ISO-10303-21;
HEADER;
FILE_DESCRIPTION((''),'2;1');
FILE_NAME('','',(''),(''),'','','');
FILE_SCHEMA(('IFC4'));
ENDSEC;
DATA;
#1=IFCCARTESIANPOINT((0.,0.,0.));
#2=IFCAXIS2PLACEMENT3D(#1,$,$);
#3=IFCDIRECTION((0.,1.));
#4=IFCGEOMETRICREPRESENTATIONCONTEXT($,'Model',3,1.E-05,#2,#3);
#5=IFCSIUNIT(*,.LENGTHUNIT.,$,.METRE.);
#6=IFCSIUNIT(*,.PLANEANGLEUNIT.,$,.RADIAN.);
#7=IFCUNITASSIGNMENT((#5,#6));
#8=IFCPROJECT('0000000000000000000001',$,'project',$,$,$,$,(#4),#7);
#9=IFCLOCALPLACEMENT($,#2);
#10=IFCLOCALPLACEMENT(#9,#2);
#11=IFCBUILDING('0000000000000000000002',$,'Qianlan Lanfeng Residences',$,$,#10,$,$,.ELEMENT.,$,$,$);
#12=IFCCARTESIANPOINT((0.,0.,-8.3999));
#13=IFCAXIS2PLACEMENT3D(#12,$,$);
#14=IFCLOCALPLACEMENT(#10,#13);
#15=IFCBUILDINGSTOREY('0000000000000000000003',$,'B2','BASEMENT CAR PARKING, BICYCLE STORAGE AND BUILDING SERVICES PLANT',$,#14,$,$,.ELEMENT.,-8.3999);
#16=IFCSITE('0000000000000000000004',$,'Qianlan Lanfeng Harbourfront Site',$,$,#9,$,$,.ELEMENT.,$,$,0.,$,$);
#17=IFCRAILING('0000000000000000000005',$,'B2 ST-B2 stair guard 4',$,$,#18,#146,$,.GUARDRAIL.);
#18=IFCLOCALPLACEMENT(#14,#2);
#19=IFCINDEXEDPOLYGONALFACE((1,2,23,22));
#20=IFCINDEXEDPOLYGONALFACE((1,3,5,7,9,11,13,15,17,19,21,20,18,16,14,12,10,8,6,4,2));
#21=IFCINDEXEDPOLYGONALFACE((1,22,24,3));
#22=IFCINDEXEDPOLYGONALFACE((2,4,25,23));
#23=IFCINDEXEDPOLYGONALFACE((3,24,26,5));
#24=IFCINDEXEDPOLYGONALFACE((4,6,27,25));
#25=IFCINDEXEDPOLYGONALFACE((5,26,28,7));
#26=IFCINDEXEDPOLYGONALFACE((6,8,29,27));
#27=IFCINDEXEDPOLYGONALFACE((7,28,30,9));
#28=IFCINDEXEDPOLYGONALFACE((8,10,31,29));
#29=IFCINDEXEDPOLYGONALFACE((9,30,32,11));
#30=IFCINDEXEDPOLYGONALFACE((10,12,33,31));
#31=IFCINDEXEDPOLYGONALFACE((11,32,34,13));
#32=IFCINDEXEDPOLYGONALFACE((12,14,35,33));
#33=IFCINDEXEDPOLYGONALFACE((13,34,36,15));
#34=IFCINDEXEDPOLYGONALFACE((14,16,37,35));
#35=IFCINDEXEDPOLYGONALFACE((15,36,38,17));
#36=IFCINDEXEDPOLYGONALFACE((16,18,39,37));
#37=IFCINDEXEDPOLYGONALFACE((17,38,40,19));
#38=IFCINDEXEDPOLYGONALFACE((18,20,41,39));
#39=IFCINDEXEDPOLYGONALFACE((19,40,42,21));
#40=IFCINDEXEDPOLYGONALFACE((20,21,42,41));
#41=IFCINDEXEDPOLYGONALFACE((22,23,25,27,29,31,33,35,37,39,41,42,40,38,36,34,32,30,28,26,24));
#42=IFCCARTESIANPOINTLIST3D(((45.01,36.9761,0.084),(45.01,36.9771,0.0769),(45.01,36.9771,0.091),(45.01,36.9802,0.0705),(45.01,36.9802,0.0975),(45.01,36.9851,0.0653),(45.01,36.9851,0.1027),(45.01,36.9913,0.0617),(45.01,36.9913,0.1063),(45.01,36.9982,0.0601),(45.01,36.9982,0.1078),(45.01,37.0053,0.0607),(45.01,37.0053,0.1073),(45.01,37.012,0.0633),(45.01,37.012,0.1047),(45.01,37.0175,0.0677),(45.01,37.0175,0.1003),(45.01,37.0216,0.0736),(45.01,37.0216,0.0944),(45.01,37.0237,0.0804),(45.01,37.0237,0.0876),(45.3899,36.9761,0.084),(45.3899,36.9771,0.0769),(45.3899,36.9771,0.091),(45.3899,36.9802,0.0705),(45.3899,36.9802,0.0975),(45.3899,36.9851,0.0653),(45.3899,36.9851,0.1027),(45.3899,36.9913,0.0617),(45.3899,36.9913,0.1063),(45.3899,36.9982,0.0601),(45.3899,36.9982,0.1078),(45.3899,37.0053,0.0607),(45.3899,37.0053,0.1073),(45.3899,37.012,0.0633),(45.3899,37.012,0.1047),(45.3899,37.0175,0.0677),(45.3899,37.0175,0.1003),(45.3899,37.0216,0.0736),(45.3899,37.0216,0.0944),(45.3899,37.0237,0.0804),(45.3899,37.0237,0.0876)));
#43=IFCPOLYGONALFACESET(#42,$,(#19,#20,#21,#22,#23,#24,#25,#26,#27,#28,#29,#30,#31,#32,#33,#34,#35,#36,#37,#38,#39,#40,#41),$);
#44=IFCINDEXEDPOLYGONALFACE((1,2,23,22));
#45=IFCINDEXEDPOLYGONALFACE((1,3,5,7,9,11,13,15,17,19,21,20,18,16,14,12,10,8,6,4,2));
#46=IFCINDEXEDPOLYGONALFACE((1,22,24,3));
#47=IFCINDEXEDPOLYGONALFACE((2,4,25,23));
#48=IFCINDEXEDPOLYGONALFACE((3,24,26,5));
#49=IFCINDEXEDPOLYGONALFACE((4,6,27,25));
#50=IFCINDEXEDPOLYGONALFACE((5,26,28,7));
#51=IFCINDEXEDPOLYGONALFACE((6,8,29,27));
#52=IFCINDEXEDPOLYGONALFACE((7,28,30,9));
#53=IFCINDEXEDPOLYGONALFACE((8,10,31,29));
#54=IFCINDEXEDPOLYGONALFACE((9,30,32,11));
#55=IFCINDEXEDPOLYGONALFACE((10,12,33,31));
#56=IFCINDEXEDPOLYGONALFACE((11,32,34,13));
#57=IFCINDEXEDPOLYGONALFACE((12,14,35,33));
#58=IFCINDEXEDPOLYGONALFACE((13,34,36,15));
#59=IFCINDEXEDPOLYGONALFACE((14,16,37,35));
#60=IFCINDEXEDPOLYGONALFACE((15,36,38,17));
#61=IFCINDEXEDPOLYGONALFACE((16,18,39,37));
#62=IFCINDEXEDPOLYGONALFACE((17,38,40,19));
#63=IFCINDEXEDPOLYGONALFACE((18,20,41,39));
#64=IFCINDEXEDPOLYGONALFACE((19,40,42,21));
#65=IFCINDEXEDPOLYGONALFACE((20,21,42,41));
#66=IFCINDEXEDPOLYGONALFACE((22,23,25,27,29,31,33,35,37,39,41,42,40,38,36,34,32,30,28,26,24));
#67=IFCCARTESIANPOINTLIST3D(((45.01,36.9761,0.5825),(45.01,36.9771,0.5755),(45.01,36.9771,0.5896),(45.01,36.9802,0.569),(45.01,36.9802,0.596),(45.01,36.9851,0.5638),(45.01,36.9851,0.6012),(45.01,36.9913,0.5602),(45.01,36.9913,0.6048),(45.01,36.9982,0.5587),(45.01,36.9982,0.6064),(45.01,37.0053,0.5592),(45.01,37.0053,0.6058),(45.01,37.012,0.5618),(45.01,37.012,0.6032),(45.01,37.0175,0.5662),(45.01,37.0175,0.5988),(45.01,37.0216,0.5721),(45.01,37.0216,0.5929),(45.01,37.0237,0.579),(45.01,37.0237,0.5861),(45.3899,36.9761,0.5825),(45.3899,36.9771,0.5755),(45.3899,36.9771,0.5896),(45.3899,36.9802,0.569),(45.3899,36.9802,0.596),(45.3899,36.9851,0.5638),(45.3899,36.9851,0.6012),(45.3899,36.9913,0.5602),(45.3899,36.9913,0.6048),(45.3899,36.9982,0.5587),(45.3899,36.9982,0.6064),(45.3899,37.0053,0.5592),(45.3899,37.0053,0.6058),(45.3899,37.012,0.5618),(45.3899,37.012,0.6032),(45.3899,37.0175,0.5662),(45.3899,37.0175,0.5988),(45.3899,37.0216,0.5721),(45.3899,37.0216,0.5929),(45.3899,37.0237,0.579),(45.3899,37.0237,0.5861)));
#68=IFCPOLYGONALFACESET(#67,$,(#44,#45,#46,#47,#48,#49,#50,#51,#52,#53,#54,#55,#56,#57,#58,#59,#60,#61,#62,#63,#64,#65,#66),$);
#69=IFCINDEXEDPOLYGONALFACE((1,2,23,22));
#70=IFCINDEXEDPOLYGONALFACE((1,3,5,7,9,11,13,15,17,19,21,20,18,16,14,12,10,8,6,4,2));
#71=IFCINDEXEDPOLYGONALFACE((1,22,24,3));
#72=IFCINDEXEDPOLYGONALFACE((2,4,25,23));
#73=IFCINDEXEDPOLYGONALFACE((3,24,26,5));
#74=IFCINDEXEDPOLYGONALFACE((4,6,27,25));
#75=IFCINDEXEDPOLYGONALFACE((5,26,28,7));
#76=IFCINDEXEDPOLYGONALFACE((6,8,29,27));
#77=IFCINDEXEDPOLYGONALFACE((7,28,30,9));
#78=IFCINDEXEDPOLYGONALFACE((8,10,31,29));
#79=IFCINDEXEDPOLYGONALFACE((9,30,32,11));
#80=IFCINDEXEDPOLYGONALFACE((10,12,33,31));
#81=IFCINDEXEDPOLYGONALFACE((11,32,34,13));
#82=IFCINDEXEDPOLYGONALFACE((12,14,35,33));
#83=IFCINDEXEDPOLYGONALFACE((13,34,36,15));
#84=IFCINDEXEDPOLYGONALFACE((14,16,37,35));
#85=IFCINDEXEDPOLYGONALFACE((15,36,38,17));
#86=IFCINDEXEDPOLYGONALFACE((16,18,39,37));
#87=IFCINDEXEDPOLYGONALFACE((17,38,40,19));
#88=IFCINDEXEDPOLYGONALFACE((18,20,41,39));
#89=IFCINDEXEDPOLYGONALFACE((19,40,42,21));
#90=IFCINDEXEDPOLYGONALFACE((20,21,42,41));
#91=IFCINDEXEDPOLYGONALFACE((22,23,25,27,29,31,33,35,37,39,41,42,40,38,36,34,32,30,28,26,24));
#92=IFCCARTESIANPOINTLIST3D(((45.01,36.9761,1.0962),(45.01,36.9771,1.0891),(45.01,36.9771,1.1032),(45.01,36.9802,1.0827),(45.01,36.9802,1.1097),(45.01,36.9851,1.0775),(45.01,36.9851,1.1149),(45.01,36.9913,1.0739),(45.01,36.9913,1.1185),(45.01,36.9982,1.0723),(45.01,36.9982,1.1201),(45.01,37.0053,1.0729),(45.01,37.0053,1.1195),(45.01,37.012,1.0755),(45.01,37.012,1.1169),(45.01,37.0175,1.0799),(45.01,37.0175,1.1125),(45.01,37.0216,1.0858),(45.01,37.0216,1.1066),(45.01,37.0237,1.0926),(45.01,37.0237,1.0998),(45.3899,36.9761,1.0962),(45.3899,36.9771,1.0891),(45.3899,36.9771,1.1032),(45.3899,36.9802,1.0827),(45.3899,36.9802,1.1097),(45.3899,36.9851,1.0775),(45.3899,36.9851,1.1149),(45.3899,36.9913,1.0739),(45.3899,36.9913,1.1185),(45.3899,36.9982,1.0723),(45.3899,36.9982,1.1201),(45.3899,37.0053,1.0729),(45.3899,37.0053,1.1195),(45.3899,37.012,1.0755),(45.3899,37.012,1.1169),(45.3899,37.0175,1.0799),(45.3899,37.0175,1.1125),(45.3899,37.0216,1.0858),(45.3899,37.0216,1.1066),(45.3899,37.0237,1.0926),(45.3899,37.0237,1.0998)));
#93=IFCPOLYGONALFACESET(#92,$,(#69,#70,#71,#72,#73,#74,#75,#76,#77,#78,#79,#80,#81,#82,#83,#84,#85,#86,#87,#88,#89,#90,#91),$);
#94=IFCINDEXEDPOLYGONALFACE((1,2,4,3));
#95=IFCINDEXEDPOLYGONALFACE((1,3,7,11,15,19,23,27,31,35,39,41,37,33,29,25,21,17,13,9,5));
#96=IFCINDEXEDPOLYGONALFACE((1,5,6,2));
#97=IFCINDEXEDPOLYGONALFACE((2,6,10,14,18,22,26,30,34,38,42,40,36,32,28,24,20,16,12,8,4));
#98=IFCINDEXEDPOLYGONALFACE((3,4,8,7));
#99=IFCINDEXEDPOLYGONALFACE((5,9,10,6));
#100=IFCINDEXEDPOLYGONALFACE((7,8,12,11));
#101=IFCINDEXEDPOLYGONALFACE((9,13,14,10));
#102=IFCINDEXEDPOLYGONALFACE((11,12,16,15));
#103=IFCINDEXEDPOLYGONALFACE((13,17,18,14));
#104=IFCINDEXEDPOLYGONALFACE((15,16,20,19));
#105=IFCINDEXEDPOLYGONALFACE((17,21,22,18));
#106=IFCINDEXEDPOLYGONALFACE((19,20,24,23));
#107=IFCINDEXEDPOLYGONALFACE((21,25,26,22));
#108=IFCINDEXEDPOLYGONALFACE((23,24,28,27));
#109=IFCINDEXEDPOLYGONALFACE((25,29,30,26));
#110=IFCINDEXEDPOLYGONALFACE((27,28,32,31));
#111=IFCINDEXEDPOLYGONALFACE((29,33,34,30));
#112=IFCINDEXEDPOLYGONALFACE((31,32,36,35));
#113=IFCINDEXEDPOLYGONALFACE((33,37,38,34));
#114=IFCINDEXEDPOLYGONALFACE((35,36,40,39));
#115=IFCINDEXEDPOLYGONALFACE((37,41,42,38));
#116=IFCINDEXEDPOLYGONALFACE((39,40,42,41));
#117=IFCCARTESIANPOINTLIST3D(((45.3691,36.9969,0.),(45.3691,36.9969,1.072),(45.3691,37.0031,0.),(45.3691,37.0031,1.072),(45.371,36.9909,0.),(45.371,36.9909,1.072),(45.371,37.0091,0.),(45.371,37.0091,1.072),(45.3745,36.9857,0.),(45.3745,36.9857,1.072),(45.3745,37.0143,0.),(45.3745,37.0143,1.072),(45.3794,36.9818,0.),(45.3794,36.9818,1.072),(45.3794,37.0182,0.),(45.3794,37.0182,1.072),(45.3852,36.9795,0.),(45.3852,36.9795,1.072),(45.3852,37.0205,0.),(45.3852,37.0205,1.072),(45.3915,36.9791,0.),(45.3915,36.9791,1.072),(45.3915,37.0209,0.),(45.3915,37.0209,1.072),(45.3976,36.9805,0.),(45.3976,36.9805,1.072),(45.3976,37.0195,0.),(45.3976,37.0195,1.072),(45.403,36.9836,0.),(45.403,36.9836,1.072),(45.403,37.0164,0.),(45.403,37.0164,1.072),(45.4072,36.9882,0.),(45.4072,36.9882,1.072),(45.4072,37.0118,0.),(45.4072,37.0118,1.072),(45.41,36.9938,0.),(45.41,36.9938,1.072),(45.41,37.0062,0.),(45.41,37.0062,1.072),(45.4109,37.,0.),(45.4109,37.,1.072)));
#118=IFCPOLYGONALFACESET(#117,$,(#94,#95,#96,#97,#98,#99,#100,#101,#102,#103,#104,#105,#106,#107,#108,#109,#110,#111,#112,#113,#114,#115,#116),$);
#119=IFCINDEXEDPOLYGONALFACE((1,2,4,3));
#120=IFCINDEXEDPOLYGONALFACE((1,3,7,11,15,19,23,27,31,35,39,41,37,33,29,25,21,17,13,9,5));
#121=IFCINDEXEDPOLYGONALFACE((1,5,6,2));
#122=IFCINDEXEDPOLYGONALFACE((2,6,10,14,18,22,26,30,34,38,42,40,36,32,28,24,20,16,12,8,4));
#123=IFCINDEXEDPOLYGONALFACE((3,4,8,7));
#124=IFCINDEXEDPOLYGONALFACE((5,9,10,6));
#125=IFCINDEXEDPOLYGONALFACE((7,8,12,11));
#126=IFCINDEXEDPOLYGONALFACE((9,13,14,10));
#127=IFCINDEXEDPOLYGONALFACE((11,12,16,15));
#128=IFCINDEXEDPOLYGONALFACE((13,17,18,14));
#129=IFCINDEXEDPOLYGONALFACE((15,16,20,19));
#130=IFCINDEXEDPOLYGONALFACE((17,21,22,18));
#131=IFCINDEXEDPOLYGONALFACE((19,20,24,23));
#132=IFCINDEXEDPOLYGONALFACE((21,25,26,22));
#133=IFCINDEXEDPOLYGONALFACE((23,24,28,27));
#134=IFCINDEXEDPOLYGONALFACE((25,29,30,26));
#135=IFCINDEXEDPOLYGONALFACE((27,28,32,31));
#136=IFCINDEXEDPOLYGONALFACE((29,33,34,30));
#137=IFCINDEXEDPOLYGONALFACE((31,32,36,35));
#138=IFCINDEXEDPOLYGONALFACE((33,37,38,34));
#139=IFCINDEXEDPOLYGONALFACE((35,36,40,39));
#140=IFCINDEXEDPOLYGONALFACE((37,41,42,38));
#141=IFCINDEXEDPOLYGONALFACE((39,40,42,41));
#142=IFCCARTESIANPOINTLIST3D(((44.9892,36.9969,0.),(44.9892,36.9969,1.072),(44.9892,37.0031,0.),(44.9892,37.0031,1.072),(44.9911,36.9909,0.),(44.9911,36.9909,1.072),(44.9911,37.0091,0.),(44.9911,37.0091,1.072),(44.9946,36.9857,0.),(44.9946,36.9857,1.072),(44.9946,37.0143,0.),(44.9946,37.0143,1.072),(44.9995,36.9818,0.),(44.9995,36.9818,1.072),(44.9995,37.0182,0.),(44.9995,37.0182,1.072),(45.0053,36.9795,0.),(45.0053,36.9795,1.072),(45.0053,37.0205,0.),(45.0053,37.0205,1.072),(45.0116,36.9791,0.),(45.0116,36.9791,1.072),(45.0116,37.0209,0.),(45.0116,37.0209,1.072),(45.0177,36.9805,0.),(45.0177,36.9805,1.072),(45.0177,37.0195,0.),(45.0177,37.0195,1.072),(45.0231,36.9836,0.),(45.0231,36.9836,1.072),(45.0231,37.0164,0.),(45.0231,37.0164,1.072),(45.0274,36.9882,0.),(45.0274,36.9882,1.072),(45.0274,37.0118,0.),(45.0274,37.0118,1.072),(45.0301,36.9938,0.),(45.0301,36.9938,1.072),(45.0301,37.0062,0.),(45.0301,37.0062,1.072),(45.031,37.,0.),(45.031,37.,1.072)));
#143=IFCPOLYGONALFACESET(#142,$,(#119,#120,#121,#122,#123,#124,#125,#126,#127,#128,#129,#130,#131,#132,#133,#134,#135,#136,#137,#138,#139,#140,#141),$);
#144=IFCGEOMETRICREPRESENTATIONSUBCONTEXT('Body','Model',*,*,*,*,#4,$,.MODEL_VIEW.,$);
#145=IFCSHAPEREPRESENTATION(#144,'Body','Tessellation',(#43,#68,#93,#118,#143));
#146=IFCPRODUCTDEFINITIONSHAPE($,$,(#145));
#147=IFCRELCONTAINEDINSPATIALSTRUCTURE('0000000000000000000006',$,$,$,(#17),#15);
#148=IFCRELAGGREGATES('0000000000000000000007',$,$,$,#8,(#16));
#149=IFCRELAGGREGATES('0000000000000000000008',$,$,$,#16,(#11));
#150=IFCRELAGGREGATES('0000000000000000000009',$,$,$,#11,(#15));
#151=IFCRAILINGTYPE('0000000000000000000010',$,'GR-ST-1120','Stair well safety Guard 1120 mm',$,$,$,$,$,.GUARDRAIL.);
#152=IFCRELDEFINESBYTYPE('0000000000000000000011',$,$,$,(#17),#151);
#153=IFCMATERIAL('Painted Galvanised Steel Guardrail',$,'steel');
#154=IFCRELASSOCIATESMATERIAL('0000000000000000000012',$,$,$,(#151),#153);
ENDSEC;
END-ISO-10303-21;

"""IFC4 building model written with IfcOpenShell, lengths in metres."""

from ifc_helpers import new_model, si_unit, direction, frame, origin, origin_2d, place, context, subcontext, project, spatial, circle, extrude, material, type_object, element, save


model = new_model("IFC4")

# Units and contexts
model_context = context("Model", 3, precision=1e-05, world=origin(), true_north=direction((0.0, 1.0)))
body_context = subcontext(model_context, "Body", "Model", "MODEL_VIEW")
ifc_project = project(units=[si_unit("LENGTHUNIT", "METRE"), si_unit("PLANEANGLEUNIT", "RADIAN")], contexts=[model_context])

# Site, building, storey
site_placement = place(None, origin())
site = spatial("IfcSite", under=ifc_project, at=site_placement, Name="Qianlan Lanfeng Harbourfront Site", CompositionType="ELEMENT", RefElevation=0.0)
building_placement = place(site_placement, origin())
building = spatial("IfcBuilding", under=site, at=building_placement, Name="Qianlan Lanfeng Residences", CompositionType="ELEMENT")
storey_placement = place(building_placement, frame((0.0, 0.0, -8.3999)))
storey = spatial("IfcBuildingStorey", under=building, at=storey_placement, Name="B2", Description="BASEMENT CAR PARKING, BICYCLE STORAGE AND BUILDING SERVICES PLANT", CompositionType="ELEMENT", Elevation=-8.3999)

# Railing
ifc_material_1 = material(Name="Painted Galvanised Steel Guardrail", Category="steel")
railing_type_1 = type_object("IfcRailingType", Name="GR-ST-1120", Description="Stair well safety Guard 1120 mm", PredefinedType="GUARDRAIL", material=ifc_material_1)
railing_1_placement = place(storey_placement, frame((45.3899, 37.0, 0.0)))
element("IfcRailing", 1, at=railing_1_placement, inside=storey, type_object=railing_type_1, Name="B2 ST-B2 stair guard 4", PredefinedType="GUARDRAIL", context=body_context, shape_type="SweptSolid", body=[
    extrude(circle(Radius=0.0239, at=origin_2d()), frame((0.0, 0.0, 0.084), z_axis=(-1.0, 0.0, 0.0), x_axis=(0.0, -1.0, 0.0)), (0.0, 0.0, 1.0), 0.3799),
    extrude(circle(Radius=0.0239, at=origin_2d()), frame((0.0, 0.0, 0.5825), z_axis=(-1.0, 0.0, 0.0), x_axis=(0.0, -1.0, 0.0)), (0.0, 0.0, 1.0), 0.3799),
    extrude(circle(Radius=0.0239, at=origin_2d()), frame((0.0, 0.0, 1.0962), z_axis=(-1.0, 0.0, 0.0), x_axis=(0.0, -1.0, 0.0)), (0.0, 0.0, 1.0), 0.3799),
    extrude(circle(Radius=0.021, at=origin_2d()), origin(), (0.0, 0.0, 1.0), 1.072),
    extrude(circle(Radius=0.021, at=origin_2d()), frame((-0.3799, 0.0, 0.0)), (0.0, 0.0, 1.0), 1.072),
])

save(model, "model.ifc")
